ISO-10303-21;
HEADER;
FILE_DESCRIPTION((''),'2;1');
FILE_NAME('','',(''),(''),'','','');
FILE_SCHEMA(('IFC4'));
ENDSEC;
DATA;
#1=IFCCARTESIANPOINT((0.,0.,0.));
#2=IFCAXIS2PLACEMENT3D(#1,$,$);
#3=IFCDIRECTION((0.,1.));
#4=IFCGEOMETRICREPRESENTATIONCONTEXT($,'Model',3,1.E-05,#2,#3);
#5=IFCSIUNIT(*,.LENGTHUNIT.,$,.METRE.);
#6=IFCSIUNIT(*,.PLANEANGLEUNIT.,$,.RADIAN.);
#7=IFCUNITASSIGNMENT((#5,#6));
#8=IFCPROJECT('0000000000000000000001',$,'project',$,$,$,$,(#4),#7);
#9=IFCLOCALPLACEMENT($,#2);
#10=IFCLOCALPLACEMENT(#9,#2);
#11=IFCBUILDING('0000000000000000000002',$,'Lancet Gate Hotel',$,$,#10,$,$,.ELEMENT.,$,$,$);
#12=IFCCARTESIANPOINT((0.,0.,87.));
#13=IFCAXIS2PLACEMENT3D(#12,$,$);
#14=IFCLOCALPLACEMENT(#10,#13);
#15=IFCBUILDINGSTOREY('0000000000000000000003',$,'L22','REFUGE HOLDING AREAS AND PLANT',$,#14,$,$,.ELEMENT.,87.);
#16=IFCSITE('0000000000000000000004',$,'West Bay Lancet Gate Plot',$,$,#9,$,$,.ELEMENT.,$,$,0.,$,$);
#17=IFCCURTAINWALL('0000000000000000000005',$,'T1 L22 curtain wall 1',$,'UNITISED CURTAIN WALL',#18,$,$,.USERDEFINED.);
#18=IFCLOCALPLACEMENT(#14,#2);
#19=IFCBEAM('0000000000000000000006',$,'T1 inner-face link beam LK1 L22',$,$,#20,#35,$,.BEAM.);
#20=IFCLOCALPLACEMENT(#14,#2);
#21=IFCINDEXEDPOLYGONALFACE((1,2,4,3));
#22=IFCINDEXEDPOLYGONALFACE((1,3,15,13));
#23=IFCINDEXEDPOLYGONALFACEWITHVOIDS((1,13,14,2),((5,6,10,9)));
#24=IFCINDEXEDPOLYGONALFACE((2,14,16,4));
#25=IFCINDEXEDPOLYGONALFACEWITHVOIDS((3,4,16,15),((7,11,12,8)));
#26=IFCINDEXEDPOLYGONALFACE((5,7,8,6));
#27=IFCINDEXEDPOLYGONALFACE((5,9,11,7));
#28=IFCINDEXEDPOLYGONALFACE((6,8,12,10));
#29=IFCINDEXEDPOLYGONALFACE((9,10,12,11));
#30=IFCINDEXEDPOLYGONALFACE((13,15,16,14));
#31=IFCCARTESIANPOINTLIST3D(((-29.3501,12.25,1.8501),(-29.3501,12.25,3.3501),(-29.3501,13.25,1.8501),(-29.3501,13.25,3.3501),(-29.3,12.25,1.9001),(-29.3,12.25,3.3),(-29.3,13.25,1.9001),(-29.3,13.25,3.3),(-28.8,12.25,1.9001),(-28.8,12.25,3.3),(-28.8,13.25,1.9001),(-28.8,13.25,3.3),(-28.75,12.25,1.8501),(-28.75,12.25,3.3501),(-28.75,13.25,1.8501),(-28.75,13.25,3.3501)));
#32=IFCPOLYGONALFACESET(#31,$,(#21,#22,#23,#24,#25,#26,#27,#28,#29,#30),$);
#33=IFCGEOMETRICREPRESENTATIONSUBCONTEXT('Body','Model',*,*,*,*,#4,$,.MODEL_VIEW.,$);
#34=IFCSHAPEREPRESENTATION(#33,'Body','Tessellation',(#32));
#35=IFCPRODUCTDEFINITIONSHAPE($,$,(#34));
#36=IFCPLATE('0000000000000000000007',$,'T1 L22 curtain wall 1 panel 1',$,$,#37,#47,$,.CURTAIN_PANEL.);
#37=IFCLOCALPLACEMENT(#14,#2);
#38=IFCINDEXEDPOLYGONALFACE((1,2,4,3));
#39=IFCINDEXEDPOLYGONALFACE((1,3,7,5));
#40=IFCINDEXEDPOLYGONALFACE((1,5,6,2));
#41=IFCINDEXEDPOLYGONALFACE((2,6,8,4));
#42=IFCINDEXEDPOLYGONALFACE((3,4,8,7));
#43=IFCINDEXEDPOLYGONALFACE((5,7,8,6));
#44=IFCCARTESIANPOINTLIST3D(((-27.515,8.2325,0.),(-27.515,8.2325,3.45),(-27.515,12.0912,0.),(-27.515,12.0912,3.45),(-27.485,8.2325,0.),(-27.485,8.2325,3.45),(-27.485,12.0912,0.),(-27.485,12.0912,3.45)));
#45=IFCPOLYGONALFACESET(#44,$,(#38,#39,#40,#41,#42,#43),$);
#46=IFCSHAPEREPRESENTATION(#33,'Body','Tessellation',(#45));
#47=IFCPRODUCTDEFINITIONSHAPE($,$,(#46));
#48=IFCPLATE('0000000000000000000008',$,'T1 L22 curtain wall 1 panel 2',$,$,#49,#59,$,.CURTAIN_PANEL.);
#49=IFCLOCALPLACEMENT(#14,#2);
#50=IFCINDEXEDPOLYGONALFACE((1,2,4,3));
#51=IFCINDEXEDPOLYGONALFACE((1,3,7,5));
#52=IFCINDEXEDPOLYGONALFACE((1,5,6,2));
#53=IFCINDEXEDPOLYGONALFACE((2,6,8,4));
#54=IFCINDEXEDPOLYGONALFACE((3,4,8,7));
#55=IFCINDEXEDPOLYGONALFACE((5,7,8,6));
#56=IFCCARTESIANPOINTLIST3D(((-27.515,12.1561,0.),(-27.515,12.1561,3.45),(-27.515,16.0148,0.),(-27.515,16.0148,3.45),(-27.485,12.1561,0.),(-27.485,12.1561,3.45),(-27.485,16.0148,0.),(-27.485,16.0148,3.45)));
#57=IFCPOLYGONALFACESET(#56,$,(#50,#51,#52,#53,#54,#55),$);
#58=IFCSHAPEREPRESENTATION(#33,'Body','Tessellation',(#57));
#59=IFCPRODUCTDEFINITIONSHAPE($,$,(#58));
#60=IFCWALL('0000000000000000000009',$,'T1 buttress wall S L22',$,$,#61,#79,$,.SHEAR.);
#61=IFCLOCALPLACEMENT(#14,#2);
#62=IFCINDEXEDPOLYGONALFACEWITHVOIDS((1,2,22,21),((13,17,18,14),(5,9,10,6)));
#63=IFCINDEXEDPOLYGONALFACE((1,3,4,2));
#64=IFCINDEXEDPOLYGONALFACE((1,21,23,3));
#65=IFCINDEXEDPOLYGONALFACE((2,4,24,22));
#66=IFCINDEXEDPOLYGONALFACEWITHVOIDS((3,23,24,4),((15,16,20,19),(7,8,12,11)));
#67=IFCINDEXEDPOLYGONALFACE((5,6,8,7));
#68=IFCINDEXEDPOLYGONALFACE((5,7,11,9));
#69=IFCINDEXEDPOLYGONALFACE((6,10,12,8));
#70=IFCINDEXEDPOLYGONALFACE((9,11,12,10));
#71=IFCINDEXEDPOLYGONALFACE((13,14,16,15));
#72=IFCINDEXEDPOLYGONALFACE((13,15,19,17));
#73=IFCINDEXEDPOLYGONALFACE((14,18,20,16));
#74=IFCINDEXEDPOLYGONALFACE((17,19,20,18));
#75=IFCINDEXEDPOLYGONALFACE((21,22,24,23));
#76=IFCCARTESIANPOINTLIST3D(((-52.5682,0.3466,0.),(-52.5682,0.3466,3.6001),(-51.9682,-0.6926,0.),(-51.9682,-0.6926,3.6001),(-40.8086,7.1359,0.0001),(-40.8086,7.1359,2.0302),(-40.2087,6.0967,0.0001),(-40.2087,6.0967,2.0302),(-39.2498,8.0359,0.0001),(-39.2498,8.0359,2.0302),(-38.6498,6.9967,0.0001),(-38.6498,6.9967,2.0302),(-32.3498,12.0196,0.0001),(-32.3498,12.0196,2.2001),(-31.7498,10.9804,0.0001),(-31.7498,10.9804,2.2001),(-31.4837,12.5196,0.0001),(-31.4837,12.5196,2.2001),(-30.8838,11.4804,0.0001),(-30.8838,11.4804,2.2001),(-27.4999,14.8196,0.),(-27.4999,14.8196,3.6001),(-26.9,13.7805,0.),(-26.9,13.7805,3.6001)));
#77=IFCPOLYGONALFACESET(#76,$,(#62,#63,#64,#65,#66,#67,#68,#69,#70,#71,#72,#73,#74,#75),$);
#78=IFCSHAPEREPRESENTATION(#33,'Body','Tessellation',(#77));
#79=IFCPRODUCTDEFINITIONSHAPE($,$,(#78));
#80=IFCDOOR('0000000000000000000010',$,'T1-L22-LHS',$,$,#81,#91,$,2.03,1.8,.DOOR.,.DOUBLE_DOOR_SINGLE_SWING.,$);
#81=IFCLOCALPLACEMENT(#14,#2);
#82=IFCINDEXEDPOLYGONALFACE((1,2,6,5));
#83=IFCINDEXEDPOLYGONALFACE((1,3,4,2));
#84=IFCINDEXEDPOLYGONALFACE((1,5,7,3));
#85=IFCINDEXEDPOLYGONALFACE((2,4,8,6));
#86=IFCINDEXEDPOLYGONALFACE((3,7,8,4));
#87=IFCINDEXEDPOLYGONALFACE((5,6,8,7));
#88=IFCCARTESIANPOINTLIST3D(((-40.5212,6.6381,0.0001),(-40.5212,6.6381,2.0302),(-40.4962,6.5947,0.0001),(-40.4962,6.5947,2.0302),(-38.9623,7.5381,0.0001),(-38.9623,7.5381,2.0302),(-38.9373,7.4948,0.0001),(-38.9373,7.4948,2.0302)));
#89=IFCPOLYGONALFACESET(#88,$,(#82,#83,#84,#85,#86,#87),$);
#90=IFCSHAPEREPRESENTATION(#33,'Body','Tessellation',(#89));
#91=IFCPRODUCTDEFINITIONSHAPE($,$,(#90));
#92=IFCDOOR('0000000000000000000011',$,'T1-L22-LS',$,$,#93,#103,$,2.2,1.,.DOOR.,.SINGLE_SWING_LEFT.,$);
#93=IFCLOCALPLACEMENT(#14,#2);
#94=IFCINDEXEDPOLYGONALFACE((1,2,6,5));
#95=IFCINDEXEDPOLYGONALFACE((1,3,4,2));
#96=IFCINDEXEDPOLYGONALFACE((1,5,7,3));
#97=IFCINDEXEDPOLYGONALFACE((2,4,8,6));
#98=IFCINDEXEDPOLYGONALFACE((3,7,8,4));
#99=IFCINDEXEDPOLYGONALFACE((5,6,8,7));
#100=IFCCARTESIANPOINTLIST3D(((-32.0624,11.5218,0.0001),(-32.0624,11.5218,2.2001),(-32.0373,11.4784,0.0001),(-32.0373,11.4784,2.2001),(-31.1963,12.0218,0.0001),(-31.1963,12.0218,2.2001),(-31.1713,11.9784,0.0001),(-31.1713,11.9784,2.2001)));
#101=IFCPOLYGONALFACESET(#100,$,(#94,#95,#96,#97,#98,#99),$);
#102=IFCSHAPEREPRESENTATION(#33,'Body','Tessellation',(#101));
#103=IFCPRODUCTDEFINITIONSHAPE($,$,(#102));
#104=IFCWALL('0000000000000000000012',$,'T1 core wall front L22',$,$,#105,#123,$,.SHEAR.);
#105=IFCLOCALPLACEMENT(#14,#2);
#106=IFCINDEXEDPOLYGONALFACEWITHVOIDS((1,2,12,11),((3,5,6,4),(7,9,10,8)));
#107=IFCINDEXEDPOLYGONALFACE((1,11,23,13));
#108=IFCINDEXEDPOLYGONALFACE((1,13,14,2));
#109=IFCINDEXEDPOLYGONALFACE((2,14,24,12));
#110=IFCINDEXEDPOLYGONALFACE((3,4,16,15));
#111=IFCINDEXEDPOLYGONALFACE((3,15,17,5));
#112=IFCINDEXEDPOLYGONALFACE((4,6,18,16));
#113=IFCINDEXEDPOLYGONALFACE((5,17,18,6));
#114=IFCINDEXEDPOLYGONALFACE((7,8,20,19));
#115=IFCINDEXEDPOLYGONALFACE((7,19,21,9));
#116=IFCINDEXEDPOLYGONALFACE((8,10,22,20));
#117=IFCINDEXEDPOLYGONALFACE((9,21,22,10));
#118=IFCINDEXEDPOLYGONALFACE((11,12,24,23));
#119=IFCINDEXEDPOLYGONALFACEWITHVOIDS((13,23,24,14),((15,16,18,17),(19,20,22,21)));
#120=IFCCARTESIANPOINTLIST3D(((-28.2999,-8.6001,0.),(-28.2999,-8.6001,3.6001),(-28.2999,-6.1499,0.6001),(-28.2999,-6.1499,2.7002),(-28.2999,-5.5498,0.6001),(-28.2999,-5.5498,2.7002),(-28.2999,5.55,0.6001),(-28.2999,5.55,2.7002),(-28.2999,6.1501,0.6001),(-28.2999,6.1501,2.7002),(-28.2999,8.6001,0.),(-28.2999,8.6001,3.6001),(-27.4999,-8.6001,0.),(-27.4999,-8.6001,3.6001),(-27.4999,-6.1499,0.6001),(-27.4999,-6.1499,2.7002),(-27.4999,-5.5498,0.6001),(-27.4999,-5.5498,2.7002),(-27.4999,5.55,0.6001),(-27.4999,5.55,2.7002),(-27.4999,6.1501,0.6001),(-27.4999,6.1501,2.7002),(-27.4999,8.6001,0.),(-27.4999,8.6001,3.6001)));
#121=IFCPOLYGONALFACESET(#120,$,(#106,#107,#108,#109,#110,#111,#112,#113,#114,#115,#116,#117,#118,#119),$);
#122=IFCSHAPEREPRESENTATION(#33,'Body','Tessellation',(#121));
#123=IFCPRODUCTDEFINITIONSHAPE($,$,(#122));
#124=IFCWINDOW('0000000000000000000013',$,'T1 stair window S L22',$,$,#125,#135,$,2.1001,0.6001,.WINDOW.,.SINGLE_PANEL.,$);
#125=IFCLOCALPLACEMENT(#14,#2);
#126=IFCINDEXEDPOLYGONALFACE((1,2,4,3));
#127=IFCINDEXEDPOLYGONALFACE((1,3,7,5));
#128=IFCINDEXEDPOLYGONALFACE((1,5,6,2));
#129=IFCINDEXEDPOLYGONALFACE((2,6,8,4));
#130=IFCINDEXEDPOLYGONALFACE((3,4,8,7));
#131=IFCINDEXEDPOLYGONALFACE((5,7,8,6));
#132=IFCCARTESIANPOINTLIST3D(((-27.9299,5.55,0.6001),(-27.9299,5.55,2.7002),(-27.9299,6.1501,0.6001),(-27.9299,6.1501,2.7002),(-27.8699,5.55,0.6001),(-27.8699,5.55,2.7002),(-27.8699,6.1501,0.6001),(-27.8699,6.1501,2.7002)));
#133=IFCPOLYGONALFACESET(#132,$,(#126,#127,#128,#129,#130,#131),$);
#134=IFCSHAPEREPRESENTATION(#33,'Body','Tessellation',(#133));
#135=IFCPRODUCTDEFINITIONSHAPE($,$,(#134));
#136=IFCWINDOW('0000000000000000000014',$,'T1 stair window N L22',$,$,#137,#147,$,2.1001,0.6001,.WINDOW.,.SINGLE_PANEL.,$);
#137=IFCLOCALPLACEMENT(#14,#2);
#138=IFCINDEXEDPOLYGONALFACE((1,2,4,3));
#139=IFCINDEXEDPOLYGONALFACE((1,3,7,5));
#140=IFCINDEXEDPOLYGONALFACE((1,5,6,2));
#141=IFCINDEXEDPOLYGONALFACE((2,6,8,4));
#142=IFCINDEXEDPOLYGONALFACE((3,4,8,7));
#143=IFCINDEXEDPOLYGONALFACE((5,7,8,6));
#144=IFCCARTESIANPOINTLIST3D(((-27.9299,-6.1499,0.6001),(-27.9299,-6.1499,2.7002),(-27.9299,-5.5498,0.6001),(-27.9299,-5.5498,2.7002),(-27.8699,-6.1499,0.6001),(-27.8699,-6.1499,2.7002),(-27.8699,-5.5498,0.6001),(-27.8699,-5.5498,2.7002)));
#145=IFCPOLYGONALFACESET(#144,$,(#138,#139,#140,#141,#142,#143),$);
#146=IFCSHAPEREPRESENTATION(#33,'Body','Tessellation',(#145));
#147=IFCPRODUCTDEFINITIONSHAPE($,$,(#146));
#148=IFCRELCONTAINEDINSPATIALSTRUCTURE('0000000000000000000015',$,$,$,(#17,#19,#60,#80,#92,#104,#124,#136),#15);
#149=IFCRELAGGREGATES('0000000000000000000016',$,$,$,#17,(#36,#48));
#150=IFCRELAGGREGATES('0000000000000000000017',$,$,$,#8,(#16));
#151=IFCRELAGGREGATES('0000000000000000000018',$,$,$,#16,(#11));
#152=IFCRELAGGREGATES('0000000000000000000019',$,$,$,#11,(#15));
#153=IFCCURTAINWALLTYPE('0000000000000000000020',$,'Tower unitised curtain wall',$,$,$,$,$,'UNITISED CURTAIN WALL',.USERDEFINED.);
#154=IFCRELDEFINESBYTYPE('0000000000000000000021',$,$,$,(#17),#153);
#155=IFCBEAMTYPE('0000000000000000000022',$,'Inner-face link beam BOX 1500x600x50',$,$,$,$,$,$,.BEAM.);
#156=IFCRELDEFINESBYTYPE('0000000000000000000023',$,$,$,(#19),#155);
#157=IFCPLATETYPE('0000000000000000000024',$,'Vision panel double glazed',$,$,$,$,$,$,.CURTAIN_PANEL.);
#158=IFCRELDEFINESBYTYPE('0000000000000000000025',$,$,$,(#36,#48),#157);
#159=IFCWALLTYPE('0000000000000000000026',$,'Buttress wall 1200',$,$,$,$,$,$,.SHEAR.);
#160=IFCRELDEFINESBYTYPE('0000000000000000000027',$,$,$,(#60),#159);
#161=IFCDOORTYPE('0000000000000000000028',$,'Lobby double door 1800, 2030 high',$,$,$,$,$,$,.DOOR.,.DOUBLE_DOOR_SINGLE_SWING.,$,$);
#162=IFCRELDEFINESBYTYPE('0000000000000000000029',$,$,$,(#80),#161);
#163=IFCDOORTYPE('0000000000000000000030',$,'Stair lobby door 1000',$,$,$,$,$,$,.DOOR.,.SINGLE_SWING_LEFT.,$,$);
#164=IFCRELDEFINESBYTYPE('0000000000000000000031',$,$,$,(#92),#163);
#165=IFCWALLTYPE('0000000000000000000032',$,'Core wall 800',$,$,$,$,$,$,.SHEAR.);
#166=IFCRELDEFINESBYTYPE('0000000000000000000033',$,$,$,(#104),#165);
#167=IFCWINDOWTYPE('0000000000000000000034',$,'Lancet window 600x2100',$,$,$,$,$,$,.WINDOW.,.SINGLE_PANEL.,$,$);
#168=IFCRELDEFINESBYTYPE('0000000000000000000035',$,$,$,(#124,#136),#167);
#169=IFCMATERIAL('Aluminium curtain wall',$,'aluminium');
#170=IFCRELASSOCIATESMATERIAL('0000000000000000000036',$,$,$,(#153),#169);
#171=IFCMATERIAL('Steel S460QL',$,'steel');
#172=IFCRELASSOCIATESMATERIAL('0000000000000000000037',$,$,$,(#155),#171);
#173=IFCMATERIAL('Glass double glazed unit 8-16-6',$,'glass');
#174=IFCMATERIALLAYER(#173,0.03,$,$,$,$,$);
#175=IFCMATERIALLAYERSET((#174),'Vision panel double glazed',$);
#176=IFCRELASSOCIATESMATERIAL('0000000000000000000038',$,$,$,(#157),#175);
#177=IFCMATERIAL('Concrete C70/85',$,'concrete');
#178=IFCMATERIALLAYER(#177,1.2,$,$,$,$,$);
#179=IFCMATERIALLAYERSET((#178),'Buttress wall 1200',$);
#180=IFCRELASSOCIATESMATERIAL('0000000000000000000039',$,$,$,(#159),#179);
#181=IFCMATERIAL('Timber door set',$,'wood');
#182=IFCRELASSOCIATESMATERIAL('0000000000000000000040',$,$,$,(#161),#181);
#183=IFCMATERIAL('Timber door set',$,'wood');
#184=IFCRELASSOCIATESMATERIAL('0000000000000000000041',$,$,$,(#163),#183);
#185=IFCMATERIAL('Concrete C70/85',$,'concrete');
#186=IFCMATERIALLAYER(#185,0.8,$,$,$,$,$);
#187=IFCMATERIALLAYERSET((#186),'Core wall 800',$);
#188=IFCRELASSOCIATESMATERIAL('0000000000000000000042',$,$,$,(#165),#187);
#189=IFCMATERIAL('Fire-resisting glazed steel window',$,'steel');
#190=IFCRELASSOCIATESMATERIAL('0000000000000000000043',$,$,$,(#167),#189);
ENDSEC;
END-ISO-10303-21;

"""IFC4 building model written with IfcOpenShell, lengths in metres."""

from ifc_helpers import new_model, si_unit, direction, frame, frame_2d, origin, origin_2d, place, context, subcontext, project, spatial, rectangle, hollow_rectangle, extrude, material, layer, layer_set, material_profile, profile_set, type_object, element, fill, aggregate, save


model = new_model("IFC4")

# Units and contexts
model_context = context("Model", 3, precision=1e-05, world=origin(), true_north=direction((0.0, 1.0)))
body_context = subcontext(model_context, "Body", "Model", "MODEL_VIEW")
ifc_project = project(units=[si_unit("LENGTHUNIT", "METRE"), si_unit("PLANEANGLEUNIT", "RADIAN")], contexts=[model_context])

# Site, building, storey
site_placement = place(None, origin())
site = spatial("IfcSite", under=ifc_project, at=site_placement, Name="West Bay Lancet Gate Plot", CompositionType="ELEMENT", RefElevation=0.0)
building_placement = place(site_placement, origin())
building = spatial("IfcBuilding", under=site, at=building_placement, Name="Lancet Gate Hotel", CompositionType="ELEMENT")
storey_placement = place(building_placement, frame((0.0, 0.0, 87.0)))
storey = spatial("IfcBuildingStorey", under=building, at=storey_placement, Name="L22", Description="REFUGE HOLDING AREAS AND PLANT", CompositionType="ELEMENT", Elevation=87.0)

# Curtain wall
ifc_material_1 = material(Name="Aluminium curtain wall", Category="aluminium")
curtain_wall_type = type_object("IfcCurtainWallType", Name="Tower unitised curtain wall", ElementType="UNITISED CURTAIN WALL", PredefinedType="USERDEFINED", material=ifc_material_1)
curtain_wall_placement = place(storey_placement, origin())
curtain_wall = element("IfcCurtainWall", 1, at=curtain_wall_placement, inside=storey, type_object=curtain_wall_type, Name="T1 L22 curtain wall 1", ObjectType="UNITISED CURTAIN WALL", PredefinedType="USERDEFINED")

# Beam
ifc_material_2 = material(Name="Steel S460QL", Category="steel")
ifc_material_profile_1 = material_profile(ifc_material_2, hollow_rectangle(XDim=0.6001, YDim=1.5, WallThickness=0.05, at=origin_2d()), Name="BOX 1500x600x50")
ifc_profile_set_1 = profile_set([ifc_material_profile_1], Name="Steel S460QL")
beam_type_1 = type_object("IfcBeamType", Name="Inner-face link beam BOX 1500x600x50", PredefinedType="BEAM", material=ifc_profile_set_1)
beam_1_placement = place(storey_placement, frame((-29.05, 13.25, 2.6001), z_axis=(0.0, -1.0, 0.0), x_axis=(1.0, 0.0, 0.0)))
element("IfcBeam", 2, at=beam_1_placement, inside=storey, type_object=beam_type_1, Name="T1 inner-face link beam LK1 L22", PredefinedType="BEAM", context=body_context, shape_type="SweptSolid", body=[
    extrude(hollow_rectangle(XDim=0.6001, YDim=1.5, WallThickness=0.05, at=origin_2d()), origin(), (0.0, 0.0, 1.0), 1.0),
])

# Plates
ifc_material_3 = material(Name="Glass double glazed unit 8-16-6", Category="glass")
ifc_layer_1 = layer(ifc_material_3, 0.03)
ifc_layer_set_1 = layer_set([ifc_layer_1], Name="Vision panel double glazed")
plate_type = type_object("IfcPlateType", Name="Vision panel double glazed", PredefinedType="CURTAIN_PANEL", material=ifc_layer_set_1)
plate_1_placement = place(storey_placement, frame((-27.5, 10.1619, 0.0), z_axis=(0.0, 0.0, 1.0), x_axis=(0.0, 1.0, 0.0)))
plate_1 = element("IfcPlate", 3, at=plate_1_placement, type_object=plate_type, Name="T1 L22 curtain wall 1 panel 1", PredefinedType="CURTAIN_PANEL", context=body_context, shape_type="SweptSolid", body=[
    extrude(rectangle(XDim=3.8586, YDim=0.03, at=origin_2d()), origin(), (0.0, 0.0, 1.0), 3.45),
])
plate_2_placement = place(storey_placement, frame((-27.5, 14.0854, 0.0), z_axis=(0.0, 0.0, 1.0), x_axis=(0.0, 1.0, 0.0)))
plate_2 = element("IfcPlate", 4, at=plate_2_placement, type_object=plate_type, Name="T1 L22 curtain wall 1 panel 2", PredefinedType="CURTAIN_PANEL", context=body_context, shape_type="SweptSolid", body=[
    extrude(rectangle(XDim=3.8586, YDim=0.03, at=origin_2d()), origin(), (0.0, 0.0, 1.0), 3.45),
])
aggregate(curtain_wall, [plate_1, plate_2])

# Wall, openings, doors
ifc_material_4 = material(Name="Concrete C70/85", Category="concrete")
ifc_layer_2 = layer(ifc_material_4, 1.2)
ifc_layer_set_2 = layer_set([ifc_layer_2], Name="Buttress wall 1200")
wall_type_1 = type_object("IfcWallType", Name="Buttress wall 1200", PredefinedType="SHEAR", material=ifc_layer_set_2)
wall_1_placement = place(storey_placement, frame((-27.2, 14.3, 0.0), z_axis=(0.0, 0.0, 1.0), x_axis=(-0.866027, -0.499998, 0.0)))
wall_1 = element("IfcWall", 5, at=wall_1_placement, inside=storey, type_object=wall_type_1, Name="T1 buttress wall S L22", PredefinedType="SHEAR", context=body_context, shape_type="SweptSolid", body=[
    extrude(rectangle(XDim=28.9463, YDim=1.2, at=frame_2d((14.4731, 0.0))), origin(), (0.0, 0.0, 1.0), 3.6001),
])
opening_1_placement = place(wall_1_placement, frame((4.6001, 0.0, 0.0)))
opening_1 = element("IfcOpeningElement", 6, at=opening_1_placement, cuts=wall_1, PredefinedType="OPENING", context=body_context, shape_type="SweptSolid", body=[
    extrude(rectangle(XDim=1.0, YDim=2.2, at=frame_2d((0.5, 1.1001))), frame((0.0, 0.6099, 0.0), z_axis=(0.0, -1.0, 0.0), x_axis=(1.0, 0.0, 0.0)), (0.0, 0.0, 1.0), 1.22),
])
opening_2_placement = place(wall_1_placement, frame((13.5676, 0.0, 0.0)))
opening_2 = element("IfcOpeningElement", 7, at=opening_2_placement, cuts=wall_1, PredefinedType="OPENING", context=body_context, shape_type="SweptSolid", body=[
    extrude(rectangle(XDim=1.8, YDim=2.03, at=frame_2d((0.8999, 1.0151))), frame((0.0, 0.6099, 0.0), z_axis=(0.0, -1.0, 0.0), x_axis=(1.0, 0.0, 0.0)), (0.0, 0.0, 1.0), 1.22),
])
ifc_material_5 = material(Name="Timber door set", Category="wood")
door_type_1 = type_object("IfcDoorType", Name="Lobby double door 1800, 2030 high", OperationType="DOUBLE_DOOR_SINGLE_SWING", PredefinedType="DOOR", material=ifc_material_5)
door_1_placement = place(opening_2_placement, origin())
door_1 = element("IfcDoor", 8, at=door_1_placement, inside=storey, type_object=door_type_1, Name="T1-L22-LHS", OperationType="DOUBLE_DOOR_SINGLE_SWING", OverallHeight=2.03, OverallWidth=1.8, PredefinedType="DOOR", context=body_context, shape_type="SweptSolid", body=[
    extrude(rectangle(XDim=1.8, YDim=2.03, at=frame_2d((0.8999, 1.0151))), frame((0.0, 0.0249, 0.0), z_axis=(0.0, -1.0, 0.0), x_axis=(1.0, 0.0, 0.0)), (0.0, 0.0, 1.0), 0.05),
])
fill(opening_2, door_1)
ifc_material_6 = material(Name="Timber door set", Category="wood")
door_type_2 = type_object("IfcDoorType", Name="Stair lobby door 1000", OperationType="SINGLE_SWING_LEFT", PredefinedType="DOOR", material=ifc_material_6)
door_2_placement = place(opening_1_placement, origin())
door_2 = element("IfcDoor", 9, at=door_2_placement, inside=storey, type_object=door_type_2, Name="T1-L22-LS", OperationType="SINGLE_SWING_LEFT", OverallHeight=2.2, OverallWidth=1.0, PredefinedType="DOOR", context=body_context, shape_type="SweptSolid", body=[
    extrude(rectangle(XDim=1.0, YDim=2.2, at=frame_2d((0.5, 1.1001))), frame((0.0, 0.0249, 0.0), z_axis=(0.0, -1.0, 0.0), x_axis=(1.0, 0.0, 0.0)), (0.0, 0.0, 1.0), 0.05),
])
fill(opening_1, door_2)

# Wall, openings, windows
ifc_material_7 = material(Name="Concrete C70/85", Category="concrete")
ifc_layer_3 = layer(ifc_material_7, 0.8)
ifc_layer_set_3 = layer_set([ifc_layer_3], Name="Core wall 800")
wall_type_2 = type_object("IfcWallType", Name="Core wall 800", PredefinedType="SHEAR", material=ifc_layer_set_3)
wall_2_placement = place(storey_placement, frame((-27.8999, 8.6001, 0.0), z_axis=(0.0, 0.0, 1.0), x_axis=(0.0, -1.0, 0.0)))
wall_2 = element("IfcWall", 10, at=wall_2_placement, inside=storey, type_object=wall_type_2, Name="T1 core wall front L22", PredefinedType="SHEAR", context=body_context, shape_type="SweptSolid", body=[
    extrude(rectangle(XDim=17.2002, YDim=0.8, at=frame_2d((8.6001, 0.0))), origin(), (0.0, 0.0, 1.0), 3.6001),
])
opening_3_placement = place(wall_2_placement, frame((2.45, 0.0, 0.6001)))
opening_3 = element("IfcOpeningElement", 11, at=opening_3_placement, cuts=wall_2, PredefinedType="OPENING", context=body_context, shape_type="SweptSolid", body=[
    extrude(rectangle(XDim=0.6001, YDim=2.1001, at=frame_2d((0.3, 1.05))), frame((0.0, 0.4099, 0.0), z_axis=(0.0, -1.0, 0.0), x_axis=(1.0, 0.0, 0.0)), (0.0, 0.0, 1.0), 0.8201),
])
opening_4_placement = place(wall_2_placement, frame((14.1499, 0.0, 0.6001)))
opening_4 = element("IfcOpeningElement", 12, at=opening_4_placement, cuts=wall_2, PredefinedType="OPENING", context=body_context, shape_type="SweptSolid", body=[
    extrude(rectangle(XDim=0.6001, YDim=2.1001, at=frame_2d((0.3, 1.05))), frame((0.0, 0.4099, 0.0), z_axis=(0.0, -1.0, 0.0), x_axis=(1.0, 0.0, 0.0)), (0.0, 0.0, 1.0), 0.8201),
])
ifc_material_8 = material(Name="Fire-resisting glazed steel window", Category="steel")
window_type = type_object("IfcWindowType", Name="Lancet window 600x2100", PartitioningType="SINGLE_PANEL", PredefinedType="WINDOW", material=ifc_material_8)
window_1_placement = place(opening_3_placement, origin())
window_1 = element("IfcWindow", 13, at=window_1_placement, inside=storey, type_object=window_type, Name="T1 stair window S L22", OverallHeight=2.1001, OverallWidth=0.6001, PartitioningType="SINGLE_PANEL", PredefinedType="WINDOW", context=body_context, shape_type="SweptSolid", body=[
    extrude(rectangle(XDim=0.6001, YDim=2.1001, at=frame_2d((0.3, 1.05))), frame((0.0, 0.03, 0.0), z_axis=(0.0, -1.0, 0.0), x_axis=(1.0, 0.0, 0.0)), (0.0, 0.0, 1.0), 0.0601),
])
fill(opening_3, window_1)
window_2_placement = place(opening_4_placement, origin())
window_2 = element("IfcWindow", 14, at=window_2_placement, inside=storey, type_object=window_type, Name="T1 stair window N L22", OverallHeight=2.1001, OverallWidth=0.6001, PartitioningType="SINGLE_PANEL", PredefinedType="WINDOW", context=body_context, shape_type="SweptSolid", body=[
    extrude(rectangle(XDim=0.6001, YDim=2.1001, at=frame_2d((0.3, 1.05))), frame((0.0, 0.03, 0.0), z_axis=(0.0, -1.0, 0.0), x_axis=(1.0, 0.0, 0.0)), (0.0, 0.0, 1.0), 0.0601),
])
fill(opening_4, window_2)

save(model, "model.ifc")
